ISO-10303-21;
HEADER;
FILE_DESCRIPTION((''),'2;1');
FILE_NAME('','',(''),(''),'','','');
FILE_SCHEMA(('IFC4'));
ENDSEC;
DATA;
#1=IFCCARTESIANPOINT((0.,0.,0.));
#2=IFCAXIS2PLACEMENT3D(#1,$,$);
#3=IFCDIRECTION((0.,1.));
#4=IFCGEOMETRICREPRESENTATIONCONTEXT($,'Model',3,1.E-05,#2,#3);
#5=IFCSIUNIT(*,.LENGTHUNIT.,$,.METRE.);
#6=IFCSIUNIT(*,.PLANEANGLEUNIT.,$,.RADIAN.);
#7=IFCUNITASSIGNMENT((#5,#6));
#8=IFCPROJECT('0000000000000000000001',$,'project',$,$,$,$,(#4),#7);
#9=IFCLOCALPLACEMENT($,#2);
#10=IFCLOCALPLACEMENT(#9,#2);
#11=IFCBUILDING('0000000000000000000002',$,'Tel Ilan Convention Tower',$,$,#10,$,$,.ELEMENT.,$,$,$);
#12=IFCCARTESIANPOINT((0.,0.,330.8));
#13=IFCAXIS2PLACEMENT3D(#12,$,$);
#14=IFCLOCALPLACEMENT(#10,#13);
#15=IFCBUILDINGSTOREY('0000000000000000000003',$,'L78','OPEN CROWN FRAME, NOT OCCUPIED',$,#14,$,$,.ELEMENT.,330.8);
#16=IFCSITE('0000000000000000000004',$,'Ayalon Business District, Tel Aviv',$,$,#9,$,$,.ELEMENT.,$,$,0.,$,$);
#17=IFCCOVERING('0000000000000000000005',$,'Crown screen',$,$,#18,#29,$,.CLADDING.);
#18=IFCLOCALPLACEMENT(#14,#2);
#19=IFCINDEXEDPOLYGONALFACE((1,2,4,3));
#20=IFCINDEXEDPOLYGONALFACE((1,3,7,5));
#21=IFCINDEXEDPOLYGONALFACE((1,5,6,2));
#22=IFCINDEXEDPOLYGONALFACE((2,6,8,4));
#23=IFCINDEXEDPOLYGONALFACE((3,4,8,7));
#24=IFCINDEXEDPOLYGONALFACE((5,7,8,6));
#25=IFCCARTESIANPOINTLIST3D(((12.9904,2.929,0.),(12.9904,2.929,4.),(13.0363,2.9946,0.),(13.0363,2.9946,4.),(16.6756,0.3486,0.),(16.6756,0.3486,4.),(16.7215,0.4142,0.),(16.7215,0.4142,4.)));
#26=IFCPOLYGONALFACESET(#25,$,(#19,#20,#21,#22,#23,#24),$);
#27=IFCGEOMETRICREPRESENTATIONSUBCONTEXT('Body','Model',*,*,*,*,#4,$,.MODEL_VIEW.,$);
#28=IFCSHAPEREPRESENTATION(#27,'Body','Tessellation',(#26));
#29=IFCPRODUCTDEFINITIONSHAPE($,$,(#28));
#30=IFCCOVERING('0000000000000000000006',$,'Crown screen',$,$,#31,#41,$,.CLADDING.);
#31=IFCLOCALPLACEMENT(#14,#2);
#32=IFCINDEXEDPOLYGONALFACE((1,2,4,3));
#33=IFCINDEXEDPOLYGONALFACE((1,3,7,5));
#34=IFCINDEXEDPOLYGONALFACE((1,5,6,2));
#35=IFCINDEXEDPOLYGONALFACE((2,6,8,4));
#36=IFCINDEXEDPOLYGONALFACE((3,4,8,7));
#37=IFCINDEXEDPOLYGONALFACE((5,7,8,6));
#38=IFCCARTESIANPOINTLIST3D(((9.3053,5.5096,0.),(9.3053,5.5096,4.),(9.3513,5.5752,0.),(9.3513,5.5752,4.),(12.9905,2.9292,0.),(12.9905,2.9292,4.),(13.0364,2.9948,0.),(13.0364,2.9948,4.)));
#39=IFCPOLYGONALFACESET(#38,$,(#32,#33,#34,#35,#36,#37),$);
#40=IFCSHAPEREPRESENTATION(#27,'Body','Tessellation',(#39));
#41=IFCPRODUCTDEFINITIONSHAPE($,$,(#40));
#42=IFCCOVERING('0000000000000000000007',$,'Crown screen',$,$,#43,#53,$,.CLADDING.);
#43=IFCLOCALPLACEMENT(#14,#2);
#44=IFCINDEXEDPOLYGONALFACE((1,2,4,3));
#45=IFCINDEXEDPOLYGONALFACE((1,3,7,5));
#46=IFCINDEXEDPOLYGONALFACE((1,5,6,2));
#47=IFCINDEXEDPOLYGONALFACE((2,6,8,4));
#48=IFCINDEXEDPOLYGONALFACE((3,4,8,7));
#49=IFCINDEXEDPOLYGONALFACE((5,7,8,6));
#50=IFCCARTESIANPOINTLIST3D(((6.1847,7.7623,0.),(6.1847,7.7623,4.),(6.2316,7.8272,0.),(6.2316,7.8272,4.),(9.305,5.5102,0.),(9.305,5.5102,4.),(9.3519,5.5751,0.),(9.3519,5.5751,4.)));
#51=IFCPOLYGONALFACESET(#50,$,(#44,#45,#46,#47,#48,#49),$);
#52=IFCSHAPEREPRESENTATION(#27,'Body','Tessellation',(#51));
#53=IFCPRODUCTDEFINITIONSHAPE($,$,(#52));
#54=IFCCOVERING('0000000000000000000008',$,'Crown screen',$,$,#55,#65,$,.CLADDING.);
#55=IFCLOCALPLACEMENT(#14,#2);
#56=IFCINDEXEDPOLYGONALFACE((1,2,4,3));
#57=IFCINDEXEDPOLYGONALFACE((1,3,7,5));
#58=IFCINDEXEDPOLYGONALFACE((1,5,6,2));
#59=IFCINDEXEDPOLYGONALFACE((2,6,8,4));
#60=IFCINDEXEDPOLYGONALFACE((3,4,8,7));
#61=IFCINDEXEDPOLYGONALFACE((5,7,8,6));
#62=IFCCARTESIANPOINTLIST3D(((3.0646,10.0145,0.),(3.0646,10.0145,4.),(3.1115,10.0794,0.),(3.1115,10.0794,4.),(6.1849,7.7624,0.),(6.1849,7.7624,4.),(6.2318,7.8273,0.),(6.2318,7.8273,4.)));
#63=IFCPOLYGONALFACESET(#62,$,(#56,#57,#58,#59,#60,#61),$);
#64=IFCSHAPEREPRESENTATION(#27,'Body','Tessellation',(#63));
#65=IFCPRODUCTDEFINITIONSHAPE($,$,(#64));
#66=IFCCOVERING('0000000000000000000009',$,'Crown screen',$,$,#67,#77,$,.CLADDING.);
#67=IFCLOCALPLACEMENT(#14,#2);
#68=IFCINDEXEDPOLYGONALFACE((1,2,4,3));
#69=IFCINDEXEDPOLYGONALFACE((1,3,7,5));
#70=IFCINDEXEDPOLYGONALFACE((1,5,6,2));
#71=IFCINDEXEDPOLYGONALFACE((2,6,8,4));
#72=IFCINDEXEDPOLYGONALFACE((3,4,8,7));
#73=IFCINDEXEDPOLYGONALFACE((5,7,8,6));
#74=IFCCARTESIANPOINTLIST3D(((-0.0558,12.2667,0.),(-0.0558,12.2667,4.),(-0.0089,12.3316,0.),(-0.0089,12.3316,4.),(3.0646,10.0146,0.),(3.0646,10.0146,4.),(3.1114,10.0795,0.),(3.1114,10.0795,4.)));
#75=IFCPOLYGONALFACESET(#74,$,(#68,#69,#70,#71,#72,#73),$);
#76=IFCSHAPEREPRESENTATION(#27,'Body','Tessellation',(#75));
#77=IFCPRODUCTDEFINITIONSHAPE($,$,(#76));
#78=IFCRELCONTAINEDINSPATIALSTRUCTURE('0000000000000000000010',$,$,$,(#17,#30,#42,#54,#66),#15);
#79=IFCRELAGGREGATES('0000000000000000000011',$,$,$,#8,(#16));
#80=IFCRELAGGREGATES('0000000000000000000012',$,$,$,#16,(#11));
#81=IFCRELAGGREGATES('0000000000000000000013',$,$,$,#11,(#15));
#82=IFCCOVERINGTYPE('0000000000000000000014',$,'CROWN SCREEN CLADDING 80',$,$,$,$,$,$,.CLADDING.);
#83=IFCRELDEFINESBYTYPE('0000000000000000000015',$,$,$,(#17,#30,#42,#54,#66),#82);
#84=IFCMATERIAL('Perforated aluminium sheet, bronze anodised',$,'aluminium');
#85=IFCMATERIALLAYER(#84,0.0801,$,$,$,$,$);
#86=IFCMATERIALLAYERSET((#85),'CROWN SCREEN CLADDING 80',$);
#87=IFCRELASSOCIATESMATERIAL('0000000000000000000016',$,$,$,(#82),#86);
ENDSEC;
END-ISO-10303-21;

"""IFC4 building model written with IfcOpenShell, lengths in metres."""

from ifc_helpers import new_model, si_unit, direction, frame, origin, origin_2d, place, context, subcontext, project, spatial, rectangle, extrude, material, layer, layer_set, type_object, element, save


model = new_model("IFC4")

# Units and contexts
model_context = context("Model", 3, precision=1e-05, world=origin(), true_north=direction((0.0, 1.0)))
body_context = subcontext(model_context, "Body", "Model", "MODEL_VIEW")
ifc_project = project(units=[si_unit("LENGTHUNIT", "METRE"), si_unit("PLANEANGLEUNIT", "RADIAN")], contexts=[model_context])

# Site, building, storey
site_placement = place(None, origin())
site = spatial("IfcSite", under=ifc_project, at=site_placement, Name="Ayalon Business District, Tel Aviv", CompositionType="ELEMENT", RefElevation=0.0)
building_placement = place(site_placement, origin())
building = spatial("IfcBuilding", under=site, at=building_placement, Name="Tel Ilan Convention Tower", CompositionType="ELEMENT")
storey_placement = place(building_placement, frame((0.0, 0.0, 330.8)))
storey = spatial("IfcBuildingStorey", under=building, at=storey_placement, Name="L78", Description="OPEN CROWN FRAME, NOT OCCUPIED", CompositionType="ELEMENT", Elevation=330.8)

# Coverings
ifc_material_1 = material(Name="Perforated aluminium sheet, bronze anodised", Category="aluminium")
ifc_layer = layer(ifc_material_1, 0.0801)
ifc_layer_set = layer_set([ifc_layer], Name="CROWN SCREEN CLADDING 80")
covering_type = type_object("IfcCoveringType", Name="CROWN SCREEN CLADDING 80", PredefinedType="CLADDING", material=ifc_layer_set)
for number, where, z_axis, x_axis, name in (
    (1, (14.856, 1.6716, 0.0), (0.0, 0.0, 1.0), (-0.819148, 0.573582, 0.0), "Crown screen"),
    (2, (11.1709, 4.2522, 0.0), (0.0, 0.0, 1.0), (-0.819148, 0.573582, 0.0), "Crown screen"),
):
    element("IfcCovering", number, at=place(storey_placement, frame(where, z_axis=z_axis, x_axis=x_axis)), inside=storey, type_object=covering_type, Name=name, PredefinedType="CLADDING", context=body_context, shape_type="SweptSolid", body=[
        extrude(rectangle(XDim=4.4988, YDim=0.0801, at=origin_2d()), origin(), (0.0, 0.0, 1.0), 4.0),
    ])
for number, where, z_axis, x_axis, name in (
    (3, (7.7683, 6.6687, 0.0), (0.0, 0.0, 1.0), (-0.810863, 0.585236, 0.0), "Crown screen"),
    (4, (4.6482, 8.9209, 0.0), (0.0, 0.0, 1.0), (-0.810863, 0.585236, 0.0), "Crown screen"),
    (5, (1.5278, 11.1731, 0.0), (0.0, 0.0, 1.0), (-0.810863, 0.585236, 0.0), "Crown screen"),
):
    element("IfcCovering", number, at=place(storey_placement, frame(where, z_axis=z_axis, x_axis=x_axis)), inside=storey, type_object=covering_type, Name=name, PredefinedType="CLADDING", context=body_context, shape_type="SweptSolid", body=[
        extrude(rectangle(XDim=3.8481, YDim=0.0801, at=origin_2d()), origin(), (0.0, 0.0, 1.0), 4.0),
    ])

save(model, "model.ifc")
